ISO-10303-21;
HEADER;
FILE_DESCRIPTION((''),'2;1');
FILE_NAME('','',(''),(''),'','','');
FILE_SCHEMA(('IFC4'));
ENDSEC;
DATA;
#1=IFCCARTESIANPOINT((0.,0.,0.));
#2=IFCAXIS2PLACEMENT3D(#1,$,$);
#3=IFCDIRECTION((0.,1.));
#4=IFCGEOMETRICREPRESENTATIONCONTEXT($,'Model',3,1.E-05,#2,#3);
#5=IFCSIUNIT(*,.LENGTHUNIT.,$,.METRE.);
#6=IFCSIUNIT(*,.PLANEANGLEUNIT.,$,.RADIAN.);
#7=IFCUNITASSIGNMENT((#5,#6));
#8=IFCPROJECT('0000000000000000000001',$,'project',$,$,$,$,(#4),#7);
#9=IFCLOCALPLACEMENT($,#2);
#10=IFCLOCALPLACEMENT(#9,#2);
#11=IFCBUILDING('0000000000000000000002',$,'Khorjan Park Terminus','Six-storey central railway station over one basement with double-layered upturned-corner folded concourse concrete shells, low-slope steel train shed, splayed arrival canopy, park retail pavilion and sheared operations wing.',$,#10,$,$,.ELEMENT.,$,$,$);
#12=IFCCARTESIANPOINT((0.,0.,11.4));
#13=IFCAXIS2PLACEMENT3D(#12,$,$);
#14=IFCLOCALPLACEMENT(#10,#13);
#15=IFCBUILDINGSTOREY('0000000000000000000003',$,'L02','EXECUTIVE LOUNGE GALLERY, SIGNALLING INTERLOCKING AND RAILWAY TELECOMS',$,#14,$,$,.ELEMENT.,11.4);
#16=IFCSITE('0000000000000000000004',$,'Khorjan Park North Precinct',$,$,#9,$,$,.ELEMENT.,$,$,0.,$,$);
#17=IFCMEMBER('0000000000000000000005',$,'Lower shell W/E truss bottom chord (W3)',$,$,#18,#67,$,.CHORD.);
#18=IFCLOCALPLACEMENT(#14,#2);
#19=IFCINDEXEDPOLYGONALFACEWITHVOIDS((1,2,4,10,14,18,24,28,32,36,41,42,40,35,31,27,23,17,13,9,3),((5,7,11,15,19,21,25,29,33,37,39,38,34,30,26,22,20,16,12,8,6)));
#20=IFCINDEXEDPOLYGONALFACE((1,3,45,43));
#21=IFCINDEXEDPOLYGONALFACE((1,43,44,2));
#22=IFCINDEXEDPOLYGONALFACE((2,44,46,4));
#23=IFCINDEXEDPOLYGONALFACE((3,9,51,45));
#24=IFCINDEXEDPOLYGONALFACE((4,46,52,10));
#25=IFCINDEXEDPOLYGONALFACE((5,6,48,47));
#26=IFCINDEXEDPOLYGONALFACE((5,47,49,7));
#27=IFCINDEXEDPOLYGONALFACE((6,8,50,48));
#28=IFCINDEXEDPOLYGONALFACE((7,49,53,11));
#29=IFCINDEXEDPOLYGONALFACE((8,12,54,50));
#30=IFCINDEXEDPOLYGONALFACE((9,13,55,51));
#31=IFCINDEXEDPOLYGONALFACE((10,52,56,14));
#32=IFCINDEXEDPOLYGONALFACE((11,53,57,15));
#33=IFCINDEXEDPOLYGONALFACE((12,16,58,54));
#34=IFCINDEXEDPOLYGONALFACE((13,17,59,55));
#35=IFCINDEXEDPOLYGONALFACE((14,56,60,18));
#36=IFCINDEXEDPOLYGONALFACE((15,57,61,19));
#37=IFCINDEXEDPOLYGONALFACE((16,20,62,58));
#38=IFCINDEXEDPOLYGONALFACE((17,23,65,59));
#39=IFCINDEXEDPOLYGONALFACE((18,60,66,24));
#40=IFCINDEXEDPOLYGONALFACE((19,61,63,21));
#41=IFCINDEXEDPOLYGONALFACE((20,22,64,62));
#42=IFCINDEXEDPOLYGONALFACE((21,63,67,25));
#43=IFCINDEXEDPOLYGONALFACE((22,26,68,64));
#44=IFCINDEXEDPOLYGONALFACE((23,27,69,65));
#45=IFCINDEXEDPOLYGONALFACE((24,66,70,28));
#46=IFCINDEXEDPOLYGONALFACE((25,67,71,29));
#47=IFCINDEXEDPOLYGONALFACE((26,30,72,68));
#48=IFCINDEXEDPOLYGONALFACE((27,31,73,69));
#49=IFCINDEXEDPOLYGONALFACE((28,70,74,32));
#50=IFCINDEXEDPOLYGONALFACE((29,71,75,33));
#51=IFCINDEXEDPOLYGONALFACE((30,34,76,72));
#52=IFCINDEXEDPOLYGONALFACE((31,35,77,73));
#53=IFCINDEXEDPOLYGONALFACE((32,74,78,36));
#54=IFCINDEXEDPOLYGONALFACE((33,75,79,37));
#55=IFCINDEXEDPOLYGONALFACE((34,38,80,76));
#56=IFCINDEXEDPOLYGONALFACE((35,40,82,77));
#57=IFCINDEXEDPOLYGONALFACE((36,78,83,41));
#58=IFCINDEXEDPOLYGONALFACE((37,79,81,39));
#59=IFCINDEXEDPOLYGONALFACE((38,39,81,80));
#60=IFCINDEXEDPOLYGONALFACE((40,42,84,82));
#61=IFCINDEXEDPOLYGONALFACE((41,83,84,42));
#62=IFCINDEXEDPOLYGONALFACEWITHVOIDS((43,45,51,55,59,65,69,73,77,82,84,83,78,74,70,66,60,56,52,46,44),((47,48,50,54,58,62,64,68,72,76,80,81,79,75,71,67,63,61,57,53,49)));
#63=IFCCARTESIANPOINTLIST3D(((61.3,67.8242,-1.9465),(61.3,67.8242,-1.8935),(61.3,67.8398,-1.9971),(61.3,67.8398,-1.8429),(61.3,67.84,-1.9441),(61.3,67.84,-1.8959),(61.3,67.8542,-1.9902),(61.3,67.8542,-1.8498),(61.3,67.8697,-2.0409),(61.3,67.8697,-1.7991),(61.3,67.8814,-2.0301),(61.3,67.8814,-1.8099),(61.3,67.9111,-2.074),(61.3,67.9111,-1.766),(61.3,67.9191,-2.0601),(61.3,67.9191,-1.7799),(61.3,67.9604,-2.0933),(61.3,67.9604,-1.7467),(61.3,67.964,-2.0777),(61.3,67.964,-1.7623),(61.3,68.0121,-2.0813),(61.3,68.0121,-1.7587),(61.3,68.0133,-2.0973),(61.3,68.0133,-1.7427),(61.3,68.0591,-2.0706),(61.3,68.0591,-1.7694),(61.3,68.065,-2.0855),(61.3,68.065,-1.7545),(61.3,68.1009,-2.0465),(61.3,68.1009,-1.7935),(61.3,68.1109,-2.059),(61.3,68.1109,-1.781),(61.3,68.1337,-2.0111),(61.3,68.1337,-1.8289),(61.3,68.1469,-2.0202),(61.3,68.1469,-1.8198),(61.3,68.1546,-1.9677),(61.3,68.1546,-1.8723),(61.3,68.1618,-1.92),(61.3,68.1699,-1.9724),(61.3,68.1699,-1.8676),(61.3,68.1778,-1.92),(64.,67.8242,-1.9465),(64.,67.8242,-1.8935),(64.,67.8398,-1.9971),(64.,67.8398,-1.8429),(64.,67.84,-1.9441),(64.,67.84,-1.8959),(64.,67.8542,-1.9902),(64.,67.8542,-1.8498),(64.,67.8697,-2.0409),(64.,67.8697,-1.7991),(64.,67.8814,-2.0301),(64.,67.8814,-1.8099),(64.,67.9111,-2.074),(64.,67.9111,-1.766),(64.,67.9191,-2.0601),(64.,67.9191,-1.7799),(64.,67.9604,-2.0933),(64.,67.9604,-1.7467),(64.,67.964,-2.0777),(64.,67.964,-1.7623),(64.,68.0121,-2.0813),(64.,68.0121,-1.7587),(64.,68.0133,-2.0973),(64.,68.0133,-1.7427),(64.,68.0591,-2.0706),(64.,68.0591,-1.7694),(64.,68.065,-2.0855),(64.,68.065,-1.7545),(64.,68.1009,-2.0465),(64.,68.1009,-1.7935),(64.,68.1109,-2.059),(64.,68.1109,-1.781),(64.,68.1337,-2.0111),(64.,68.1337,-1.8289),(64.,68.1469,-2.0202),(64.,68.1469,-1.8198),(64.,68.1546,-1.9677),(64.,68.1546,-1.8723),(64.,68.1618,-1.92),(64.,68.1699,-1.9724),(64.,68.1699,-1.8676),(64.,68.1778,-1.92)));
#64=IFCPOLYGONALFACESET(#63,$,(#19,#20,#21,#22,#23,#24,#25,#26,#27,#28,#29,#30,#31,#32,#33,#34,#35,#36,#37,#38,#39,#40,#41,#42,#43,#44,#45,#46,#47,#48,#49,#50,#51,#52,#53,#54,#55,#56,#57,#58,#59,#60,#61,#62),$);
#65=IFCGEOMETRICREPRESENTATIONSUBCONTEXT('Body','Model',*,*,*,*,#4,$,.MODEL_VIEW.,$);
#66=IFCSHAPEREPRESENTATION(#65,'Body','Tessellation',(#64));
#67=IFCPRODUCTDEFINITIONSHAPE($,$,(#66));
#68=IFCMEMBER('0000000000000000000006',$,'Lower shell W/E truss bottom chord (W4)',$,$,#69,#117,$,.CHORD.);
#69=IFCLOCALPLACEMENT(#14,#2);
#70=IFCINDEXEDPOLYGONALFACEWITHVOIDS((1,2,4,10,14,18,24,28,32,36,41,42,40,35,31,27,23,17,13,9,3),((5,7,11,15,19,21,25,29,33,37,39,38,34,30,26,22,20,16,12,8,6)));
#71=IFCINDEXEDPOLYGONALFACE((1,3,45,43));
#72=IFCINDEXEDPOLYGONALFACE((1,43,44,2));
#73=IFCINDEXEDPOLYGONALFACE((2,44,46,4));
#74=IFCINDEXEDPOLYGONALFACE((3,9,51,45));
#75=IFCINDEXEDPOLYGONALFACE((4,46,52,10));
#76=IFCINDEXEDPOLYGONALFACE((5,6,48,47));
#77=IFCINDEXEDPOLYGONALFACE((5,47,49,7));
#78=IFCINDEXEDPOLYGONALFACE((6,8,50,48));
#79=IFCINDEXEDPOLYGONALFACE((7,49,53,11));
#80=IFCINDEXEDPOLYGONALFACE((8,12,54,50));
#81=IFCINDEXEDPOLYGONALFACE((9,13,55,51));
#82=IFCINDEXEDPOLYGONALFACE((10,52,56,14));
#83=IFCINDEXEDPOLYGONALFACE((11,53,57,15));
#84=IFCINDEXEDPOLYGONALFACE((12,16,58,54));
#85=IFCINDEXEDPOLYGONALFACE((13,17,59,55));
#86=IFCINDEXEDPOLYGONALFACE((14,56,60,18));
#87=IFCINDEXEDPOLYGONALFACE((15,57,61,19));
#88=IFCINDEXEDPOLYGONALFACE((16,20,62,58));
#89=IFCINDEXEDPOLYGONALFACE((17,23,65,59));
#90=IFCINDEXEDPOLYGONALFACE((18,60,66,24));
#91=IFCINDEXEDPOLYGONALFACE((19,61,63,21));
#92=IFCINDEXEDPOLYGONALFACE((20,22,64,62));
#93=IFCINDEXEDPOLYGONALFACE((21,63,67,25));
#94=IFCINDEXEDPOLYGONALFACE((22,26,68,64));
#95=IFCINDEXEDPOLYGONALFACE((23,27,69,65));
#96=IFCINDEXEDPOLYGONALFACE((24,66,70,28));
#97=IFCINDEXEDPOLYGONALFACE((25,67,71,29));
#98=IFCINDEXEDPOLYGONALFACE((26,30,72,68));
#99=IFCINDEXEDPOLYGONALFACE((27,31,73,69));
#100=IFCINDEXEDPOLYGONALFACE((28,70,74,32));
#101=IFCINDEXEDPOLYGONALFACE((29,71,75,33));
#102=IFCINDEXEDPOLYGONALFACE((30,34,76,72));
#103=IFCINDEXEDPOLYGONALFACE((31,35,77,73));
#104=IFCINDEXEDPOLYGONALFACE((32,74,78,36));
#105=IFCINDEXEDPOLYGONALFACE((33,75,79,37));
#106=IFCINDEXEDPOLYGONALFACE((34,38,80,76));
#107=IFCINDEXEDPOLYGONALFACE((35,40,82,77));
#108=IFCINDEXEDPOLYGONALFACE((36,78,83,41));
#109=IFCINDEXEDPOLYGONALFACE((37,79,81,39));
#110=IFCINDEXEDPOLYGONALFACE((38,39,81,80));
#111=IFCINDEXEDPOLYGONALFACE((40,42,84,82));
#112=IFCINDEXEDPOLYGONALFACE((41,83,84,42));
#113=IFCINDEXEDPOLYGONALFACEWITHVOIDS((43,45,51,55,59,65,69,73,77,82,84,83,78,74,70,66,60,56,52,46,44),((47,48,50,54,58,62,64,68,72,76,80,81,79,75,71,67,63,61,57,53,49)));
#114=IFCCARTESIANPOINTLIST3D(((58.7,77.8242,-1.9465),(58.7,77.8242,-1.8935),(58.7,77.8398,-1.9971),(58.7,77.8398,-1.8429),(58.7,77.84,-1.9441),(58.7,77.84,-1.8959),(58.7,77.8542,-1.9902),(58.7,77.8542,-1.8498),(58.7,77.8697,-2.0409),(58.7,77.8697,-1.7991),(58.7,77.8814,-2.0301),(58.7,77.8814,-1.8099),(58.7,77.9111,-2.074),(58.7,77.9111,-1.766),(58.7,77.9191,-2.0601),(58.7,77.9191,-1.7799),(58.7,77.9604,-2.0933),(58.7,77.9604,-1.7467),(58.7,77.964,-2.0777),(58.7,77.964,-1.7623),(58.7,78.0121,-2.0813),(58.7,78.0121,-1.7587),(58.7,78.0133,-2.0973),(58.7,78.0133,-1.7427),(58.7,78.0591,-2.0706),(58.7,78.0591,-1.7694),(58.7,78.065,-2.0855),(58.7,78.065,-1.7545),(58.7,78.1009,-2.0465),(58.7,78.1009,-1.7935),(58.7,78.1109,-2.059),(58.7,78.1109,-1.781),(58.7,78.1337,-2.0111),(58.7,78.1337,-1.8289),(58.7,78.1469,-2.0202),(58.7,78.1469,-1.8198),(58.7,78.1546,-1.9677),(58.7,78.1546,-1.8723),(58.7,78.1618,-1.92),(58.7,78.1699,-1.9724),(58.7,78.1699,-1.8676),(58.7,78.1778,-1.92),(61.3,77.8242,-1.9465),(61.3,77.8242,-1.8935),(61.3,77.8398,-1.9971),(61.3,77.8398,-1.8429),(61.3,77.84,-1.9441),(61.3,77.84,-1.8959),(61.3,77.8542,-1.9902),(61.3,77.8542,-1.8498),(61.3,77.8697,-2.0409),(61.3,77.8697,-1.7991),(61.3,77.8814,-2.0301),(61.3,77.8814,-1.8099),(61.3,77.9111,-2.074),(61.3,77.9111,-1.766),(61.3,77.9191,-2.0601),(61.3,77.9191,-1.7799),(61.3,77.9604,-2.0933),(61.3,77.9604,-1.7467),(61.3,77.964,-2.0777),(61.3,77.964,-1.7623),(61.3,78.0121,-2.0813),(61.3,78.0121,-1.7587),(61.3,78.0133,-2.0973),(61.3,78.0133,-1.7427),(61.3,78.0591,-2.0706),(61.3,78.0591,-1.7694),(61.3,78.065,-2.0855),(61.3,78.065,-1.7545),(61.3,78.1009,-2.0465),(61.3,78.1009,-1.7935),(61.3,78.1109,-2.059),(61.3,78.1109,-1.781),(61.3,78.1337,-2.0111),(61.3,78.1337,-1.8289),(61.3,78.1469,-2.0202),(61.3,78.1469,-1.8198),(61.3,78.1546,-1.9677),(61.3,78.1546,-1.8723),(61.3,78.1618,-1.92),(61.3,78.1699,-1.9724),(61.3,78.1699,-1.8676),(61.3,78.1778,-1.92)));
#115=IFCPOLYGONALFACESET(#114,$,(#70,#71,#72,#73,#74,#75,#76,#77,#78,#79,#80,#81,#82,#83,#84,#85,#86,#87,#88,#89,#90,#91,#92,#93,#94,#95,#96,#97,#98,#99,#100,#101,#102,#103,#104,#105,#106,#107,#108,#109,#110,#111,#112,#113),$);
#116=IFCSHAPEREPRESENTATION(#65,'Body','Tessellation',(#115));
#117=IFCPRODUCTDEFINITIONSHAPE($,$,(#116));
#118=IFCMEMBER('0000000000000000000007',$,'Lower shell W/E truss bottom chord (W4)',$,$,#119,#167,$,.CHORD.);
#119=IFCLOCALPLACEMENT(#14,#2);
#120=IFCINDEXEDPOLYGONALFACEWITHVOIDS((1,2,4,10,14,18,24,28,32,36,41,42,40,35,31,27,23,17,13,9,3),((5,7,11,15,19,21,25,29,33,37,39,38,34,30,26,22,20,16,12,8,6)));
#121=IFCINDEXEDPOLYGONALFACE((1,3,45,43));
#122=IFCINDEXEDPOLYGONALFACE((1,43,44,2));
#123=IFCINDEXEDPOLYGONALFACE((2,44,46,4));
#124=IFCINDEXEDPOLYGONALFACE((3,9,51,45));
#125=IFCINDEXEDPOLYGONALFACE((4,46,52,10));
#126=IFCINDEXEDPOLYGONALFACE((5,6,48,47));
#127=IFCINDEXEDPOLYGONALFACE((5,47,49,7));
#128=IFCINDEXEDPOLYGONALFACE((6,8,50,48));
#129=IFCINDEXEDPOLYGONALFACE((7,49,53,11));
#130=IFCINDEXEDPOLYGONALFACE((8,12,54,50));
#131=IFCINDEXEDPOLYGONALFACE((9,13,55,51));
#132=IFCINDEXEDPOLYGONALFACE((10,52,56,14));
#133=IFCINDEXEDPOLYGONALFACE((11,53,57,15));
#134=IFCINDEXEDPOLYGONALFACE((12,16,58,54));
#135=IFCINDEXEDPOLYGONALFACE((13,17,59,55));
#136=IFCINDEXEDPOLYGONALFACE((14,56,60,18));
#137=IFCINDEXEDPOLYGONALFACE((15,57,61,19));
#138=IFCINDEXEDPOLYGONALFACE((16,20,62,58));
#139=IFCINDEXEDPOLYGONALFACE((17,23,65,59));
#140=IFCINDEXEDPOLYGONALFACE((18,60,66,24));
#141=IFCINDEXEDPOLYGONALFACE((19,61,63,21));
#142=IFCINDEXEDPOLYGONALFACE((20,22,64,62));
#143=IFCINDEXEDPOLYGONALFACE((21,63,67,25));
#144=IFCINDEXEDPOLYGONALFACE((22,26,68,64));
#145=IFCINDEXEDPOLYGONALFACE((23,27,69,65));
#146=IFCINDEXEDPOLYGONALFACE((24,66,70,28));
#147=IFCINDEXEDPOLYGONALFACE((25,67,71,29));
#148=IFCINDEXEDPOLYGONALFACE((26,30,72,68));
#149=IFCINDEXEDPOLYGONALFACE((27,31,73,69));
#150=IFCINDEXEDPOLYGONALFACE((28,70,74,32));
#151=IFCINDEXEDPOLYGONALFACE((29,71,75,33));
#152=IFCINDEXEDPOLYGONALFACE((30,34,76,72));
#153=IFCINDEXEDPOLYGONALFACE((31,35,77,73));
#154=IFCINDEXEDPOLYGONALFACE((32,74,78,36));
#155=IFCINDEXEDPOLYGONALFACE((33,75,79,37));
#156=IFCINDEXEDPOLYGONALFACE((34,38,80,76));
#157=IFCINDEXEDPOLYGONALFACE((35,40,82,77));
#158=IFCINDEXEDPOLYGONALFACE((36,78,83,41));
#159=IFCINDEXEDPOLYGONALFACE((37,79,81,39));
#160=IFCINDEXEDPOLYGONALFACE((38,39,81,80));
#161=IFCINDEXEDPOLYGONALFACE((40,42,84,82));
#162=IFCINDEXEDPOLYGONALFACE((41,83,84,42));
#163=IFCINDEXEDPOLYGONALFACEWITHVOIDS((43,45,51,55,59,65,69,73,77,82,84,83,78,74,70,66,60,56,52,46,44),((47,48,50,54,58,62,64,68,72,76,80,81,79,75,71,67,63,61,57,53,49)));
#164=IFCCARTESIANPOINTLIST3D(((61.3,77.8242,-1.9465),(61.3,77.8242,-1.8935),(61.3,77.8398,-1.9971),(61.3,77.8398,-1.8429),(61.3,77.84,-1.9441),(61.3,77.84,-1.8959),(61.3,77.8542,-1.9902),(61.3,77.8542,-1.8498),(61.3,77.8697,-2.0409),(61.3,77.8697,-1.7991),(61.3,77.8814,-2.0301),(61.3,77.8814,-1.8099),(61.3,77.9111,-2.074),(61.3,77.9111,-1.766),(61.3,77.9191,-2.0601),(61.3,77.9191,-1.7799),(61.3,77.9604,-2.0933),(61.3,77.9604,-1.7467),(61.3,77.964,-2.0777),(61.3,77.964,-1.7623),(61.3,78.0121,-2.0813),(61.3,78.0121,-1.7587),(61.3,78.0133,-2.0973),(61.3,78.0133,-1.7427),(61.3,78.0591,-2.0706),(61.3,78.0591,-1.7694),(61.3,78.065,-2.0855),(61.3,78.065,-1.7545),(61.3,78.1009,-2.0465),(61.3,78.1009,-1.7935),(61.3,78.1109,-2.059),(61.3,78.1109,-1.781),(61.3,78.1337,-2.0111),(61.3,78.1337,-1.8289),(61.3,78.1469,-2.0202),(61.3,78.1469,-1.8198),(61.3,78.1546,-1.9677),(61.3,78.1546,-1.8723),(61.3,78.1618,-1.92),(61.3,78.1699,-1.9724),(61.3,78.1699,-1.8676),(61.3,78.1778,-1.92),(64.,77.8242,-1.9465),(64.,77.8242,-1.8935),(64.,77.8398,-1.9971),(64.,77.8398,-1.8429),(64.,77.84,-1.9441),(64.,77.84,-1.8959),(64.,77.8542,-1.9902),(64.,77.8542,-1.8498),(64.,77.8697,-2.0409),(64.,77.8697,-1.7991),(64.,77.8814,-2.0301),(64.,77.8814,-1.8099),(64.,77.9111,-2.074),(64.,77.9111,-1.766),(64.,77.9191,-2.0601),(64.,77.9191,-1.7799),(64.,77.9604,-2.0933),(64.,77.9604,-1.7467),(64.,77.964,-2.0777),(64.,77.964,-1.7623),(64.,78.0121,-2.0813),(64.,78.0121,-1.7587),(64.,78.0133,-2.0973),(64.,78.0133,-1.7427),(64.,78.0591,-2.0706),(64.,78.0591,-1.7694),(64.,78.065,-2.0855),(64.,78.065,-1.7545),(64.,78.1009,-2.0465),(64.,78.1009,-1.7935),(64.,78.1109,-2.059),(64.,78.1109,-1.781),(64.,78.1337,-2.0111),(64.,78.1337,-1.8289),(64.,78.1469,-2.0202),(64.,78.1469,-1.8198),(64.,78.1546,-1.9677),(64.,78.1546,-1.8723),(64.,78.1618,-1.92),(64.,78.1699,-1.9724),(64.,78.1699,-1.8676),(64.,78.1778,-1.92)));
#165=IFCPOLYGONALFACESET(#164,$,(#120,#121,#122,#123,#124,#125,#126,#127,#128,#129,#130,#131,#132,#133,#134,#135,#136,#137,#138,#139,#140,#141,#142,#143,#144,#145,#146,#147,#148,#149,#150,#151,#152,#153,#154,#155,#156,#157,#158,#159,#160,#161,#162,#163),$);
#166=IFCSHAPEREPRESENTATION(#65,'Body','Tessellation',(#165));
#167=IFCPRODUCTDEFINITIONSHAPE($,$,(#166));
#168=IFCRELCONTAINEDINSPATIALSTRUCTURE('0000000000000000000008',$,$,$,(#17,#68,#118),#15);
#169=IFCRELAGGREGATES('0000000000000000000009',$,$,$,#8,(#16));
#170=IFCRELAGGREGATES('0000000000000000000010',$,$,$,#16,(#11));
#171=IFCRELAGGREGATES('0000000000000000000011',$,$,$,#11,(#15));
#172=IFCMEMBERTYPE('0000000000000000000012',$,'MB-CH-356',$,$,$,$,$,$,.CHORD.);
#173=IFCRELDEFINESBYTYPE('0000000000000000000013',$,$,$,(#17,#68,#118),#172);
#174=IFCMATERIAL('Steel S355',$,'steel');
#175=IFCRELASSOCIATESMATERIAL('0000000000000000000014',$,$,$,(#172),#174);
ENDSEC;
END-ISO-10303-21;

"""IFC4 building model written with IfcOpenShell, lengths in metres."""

from ifc_helpers import new_model, si_unit, direction, frame, origin, origin_2d, place, context, subcontext, project, spatial, hollow_circle, extrude, material, material_profile, profile_set, type_object, element, save


model = new_model("IFC4")

# Units and contexts
model_context = context("Model", 3, precision=1e-05, world=origin(), true_north=direction((0.0, 1.0)))
body_context = subcontext(model_context, "Body", "Model", "MODEL_VIEW")
ifc_project = project(units=[si_unit("LENGTHUNIT", "METRE"), si_unit("PLANEANGLEUNIT", "RADIAN")], contexts=[model_context])

# Site, building, storey
site_placement = place(None, origin())
site = spatial("IfcSite", under=ifc_project, at=site_placement, Name="Khorjan Park North Precinct", CompositionType="ELEMENT", RefElevation=0.0)
building_placement = place(site_placement, origin())
building = spatial("IfcBuilding", under=site, at=building_placement, Name="Khorjan Park Terminus", Description="Six-storey central railway station over one basement with double-layered upturned-corner folded concourse concrete shells, low-slope steel train shed, splayed arrival canopy, park retail pavilion and sheared operations wing.", CompositionType="ELEMENT")
storey_placement = place(building_placement, frame((0.0, 0.0, 11.4)))
storey = spatial("IfcBuildingStorey", under=building, at=storey_placement, Name="L02", Description="EXECUTIVE LOUNGE GALLERY, SIGNALLING INTERLOCKING AND RAILWAY TELECOMS", CompositionType="ELEMENT", Elevation=11.4)

# Shared definitions
ifc_material = material(Name="Steel S355", Category="steel")

# Members
ifc_material_profile_1 = material_profile(ifc_material, hollow_circle(Radius=0.1778, WallThickness=0.016, at=origin_2d()), Name="CHS 355.6x16")
ifc_profile_set_1 = profile_set([ifc_material_profile_1], Name="Steel S355")
member_type_1 = type_object("IfcMemberType", Name="MB-CH-356", PredefinedType="CHORD", material=ifc_profile_set_1)
member_1_placement = place(storey_placement, frame((61.3, 68.0, -1.92), z_axis=(1.0, 0.0, 0.0), x_axis=(0.0, 1.0, 0.0)))
element("IfcMember", 1, at=member_1_placement, inside=storey, type_object=member_type_1, Name="Lower shell W/E truss bottom chord (W3)", PredefinedType="CHORD", context=body_context, shape_type="SweptSolid", body=[
    extrude(hollow_circle(Radius=0.1778, WallThickness=0.016, at=origin_2d()), origin(), (0.0, 0.0, 1.0), 2.7),
])
member_2_placement = place(storey_placement, frame((58.7, 78.0, -1.92), z_axis=(1.0, 0.0, 0.0), x_axis=(0.0, 1.0, 0.0)))
element("IfcMember", 2, at=member_2_placement, inside=storey, type_object=member_type_1, Name="Lower shell W/E truss bottom chord (W4)", PredefinedType="CHORD", context=body_context, shape_type="SweptSolid", body=[
    extrude(hollow_circle(Radius=0.1778, WallThickness=0.016, at=origin_2d()), origin(), (0.0, 0.0, 1.0), 2.6),
])
member_3_placement = place(storey_placement, frame((61.3, 78.0, -1.92), z_axis=(1.0, 0.0, 0.0), x_axis=(0.0, 1.0, 0.0)))
element("IfcMember", 3, at=member_3_placement, inside=storey, type_object=member_type_1, Name="Lower shell W/E truss bottom chord (W4)", PredefinedType="CHORD", context=body_context, shape_type="SweptSolid", body=[
    extrude(hollow_circle(Radius=0.1778, WallThickness=0.016, at=origin_2d()), origin(), (0.0, 0.0, 1.0), 2.7),
])

save(model, "model.ifc")
